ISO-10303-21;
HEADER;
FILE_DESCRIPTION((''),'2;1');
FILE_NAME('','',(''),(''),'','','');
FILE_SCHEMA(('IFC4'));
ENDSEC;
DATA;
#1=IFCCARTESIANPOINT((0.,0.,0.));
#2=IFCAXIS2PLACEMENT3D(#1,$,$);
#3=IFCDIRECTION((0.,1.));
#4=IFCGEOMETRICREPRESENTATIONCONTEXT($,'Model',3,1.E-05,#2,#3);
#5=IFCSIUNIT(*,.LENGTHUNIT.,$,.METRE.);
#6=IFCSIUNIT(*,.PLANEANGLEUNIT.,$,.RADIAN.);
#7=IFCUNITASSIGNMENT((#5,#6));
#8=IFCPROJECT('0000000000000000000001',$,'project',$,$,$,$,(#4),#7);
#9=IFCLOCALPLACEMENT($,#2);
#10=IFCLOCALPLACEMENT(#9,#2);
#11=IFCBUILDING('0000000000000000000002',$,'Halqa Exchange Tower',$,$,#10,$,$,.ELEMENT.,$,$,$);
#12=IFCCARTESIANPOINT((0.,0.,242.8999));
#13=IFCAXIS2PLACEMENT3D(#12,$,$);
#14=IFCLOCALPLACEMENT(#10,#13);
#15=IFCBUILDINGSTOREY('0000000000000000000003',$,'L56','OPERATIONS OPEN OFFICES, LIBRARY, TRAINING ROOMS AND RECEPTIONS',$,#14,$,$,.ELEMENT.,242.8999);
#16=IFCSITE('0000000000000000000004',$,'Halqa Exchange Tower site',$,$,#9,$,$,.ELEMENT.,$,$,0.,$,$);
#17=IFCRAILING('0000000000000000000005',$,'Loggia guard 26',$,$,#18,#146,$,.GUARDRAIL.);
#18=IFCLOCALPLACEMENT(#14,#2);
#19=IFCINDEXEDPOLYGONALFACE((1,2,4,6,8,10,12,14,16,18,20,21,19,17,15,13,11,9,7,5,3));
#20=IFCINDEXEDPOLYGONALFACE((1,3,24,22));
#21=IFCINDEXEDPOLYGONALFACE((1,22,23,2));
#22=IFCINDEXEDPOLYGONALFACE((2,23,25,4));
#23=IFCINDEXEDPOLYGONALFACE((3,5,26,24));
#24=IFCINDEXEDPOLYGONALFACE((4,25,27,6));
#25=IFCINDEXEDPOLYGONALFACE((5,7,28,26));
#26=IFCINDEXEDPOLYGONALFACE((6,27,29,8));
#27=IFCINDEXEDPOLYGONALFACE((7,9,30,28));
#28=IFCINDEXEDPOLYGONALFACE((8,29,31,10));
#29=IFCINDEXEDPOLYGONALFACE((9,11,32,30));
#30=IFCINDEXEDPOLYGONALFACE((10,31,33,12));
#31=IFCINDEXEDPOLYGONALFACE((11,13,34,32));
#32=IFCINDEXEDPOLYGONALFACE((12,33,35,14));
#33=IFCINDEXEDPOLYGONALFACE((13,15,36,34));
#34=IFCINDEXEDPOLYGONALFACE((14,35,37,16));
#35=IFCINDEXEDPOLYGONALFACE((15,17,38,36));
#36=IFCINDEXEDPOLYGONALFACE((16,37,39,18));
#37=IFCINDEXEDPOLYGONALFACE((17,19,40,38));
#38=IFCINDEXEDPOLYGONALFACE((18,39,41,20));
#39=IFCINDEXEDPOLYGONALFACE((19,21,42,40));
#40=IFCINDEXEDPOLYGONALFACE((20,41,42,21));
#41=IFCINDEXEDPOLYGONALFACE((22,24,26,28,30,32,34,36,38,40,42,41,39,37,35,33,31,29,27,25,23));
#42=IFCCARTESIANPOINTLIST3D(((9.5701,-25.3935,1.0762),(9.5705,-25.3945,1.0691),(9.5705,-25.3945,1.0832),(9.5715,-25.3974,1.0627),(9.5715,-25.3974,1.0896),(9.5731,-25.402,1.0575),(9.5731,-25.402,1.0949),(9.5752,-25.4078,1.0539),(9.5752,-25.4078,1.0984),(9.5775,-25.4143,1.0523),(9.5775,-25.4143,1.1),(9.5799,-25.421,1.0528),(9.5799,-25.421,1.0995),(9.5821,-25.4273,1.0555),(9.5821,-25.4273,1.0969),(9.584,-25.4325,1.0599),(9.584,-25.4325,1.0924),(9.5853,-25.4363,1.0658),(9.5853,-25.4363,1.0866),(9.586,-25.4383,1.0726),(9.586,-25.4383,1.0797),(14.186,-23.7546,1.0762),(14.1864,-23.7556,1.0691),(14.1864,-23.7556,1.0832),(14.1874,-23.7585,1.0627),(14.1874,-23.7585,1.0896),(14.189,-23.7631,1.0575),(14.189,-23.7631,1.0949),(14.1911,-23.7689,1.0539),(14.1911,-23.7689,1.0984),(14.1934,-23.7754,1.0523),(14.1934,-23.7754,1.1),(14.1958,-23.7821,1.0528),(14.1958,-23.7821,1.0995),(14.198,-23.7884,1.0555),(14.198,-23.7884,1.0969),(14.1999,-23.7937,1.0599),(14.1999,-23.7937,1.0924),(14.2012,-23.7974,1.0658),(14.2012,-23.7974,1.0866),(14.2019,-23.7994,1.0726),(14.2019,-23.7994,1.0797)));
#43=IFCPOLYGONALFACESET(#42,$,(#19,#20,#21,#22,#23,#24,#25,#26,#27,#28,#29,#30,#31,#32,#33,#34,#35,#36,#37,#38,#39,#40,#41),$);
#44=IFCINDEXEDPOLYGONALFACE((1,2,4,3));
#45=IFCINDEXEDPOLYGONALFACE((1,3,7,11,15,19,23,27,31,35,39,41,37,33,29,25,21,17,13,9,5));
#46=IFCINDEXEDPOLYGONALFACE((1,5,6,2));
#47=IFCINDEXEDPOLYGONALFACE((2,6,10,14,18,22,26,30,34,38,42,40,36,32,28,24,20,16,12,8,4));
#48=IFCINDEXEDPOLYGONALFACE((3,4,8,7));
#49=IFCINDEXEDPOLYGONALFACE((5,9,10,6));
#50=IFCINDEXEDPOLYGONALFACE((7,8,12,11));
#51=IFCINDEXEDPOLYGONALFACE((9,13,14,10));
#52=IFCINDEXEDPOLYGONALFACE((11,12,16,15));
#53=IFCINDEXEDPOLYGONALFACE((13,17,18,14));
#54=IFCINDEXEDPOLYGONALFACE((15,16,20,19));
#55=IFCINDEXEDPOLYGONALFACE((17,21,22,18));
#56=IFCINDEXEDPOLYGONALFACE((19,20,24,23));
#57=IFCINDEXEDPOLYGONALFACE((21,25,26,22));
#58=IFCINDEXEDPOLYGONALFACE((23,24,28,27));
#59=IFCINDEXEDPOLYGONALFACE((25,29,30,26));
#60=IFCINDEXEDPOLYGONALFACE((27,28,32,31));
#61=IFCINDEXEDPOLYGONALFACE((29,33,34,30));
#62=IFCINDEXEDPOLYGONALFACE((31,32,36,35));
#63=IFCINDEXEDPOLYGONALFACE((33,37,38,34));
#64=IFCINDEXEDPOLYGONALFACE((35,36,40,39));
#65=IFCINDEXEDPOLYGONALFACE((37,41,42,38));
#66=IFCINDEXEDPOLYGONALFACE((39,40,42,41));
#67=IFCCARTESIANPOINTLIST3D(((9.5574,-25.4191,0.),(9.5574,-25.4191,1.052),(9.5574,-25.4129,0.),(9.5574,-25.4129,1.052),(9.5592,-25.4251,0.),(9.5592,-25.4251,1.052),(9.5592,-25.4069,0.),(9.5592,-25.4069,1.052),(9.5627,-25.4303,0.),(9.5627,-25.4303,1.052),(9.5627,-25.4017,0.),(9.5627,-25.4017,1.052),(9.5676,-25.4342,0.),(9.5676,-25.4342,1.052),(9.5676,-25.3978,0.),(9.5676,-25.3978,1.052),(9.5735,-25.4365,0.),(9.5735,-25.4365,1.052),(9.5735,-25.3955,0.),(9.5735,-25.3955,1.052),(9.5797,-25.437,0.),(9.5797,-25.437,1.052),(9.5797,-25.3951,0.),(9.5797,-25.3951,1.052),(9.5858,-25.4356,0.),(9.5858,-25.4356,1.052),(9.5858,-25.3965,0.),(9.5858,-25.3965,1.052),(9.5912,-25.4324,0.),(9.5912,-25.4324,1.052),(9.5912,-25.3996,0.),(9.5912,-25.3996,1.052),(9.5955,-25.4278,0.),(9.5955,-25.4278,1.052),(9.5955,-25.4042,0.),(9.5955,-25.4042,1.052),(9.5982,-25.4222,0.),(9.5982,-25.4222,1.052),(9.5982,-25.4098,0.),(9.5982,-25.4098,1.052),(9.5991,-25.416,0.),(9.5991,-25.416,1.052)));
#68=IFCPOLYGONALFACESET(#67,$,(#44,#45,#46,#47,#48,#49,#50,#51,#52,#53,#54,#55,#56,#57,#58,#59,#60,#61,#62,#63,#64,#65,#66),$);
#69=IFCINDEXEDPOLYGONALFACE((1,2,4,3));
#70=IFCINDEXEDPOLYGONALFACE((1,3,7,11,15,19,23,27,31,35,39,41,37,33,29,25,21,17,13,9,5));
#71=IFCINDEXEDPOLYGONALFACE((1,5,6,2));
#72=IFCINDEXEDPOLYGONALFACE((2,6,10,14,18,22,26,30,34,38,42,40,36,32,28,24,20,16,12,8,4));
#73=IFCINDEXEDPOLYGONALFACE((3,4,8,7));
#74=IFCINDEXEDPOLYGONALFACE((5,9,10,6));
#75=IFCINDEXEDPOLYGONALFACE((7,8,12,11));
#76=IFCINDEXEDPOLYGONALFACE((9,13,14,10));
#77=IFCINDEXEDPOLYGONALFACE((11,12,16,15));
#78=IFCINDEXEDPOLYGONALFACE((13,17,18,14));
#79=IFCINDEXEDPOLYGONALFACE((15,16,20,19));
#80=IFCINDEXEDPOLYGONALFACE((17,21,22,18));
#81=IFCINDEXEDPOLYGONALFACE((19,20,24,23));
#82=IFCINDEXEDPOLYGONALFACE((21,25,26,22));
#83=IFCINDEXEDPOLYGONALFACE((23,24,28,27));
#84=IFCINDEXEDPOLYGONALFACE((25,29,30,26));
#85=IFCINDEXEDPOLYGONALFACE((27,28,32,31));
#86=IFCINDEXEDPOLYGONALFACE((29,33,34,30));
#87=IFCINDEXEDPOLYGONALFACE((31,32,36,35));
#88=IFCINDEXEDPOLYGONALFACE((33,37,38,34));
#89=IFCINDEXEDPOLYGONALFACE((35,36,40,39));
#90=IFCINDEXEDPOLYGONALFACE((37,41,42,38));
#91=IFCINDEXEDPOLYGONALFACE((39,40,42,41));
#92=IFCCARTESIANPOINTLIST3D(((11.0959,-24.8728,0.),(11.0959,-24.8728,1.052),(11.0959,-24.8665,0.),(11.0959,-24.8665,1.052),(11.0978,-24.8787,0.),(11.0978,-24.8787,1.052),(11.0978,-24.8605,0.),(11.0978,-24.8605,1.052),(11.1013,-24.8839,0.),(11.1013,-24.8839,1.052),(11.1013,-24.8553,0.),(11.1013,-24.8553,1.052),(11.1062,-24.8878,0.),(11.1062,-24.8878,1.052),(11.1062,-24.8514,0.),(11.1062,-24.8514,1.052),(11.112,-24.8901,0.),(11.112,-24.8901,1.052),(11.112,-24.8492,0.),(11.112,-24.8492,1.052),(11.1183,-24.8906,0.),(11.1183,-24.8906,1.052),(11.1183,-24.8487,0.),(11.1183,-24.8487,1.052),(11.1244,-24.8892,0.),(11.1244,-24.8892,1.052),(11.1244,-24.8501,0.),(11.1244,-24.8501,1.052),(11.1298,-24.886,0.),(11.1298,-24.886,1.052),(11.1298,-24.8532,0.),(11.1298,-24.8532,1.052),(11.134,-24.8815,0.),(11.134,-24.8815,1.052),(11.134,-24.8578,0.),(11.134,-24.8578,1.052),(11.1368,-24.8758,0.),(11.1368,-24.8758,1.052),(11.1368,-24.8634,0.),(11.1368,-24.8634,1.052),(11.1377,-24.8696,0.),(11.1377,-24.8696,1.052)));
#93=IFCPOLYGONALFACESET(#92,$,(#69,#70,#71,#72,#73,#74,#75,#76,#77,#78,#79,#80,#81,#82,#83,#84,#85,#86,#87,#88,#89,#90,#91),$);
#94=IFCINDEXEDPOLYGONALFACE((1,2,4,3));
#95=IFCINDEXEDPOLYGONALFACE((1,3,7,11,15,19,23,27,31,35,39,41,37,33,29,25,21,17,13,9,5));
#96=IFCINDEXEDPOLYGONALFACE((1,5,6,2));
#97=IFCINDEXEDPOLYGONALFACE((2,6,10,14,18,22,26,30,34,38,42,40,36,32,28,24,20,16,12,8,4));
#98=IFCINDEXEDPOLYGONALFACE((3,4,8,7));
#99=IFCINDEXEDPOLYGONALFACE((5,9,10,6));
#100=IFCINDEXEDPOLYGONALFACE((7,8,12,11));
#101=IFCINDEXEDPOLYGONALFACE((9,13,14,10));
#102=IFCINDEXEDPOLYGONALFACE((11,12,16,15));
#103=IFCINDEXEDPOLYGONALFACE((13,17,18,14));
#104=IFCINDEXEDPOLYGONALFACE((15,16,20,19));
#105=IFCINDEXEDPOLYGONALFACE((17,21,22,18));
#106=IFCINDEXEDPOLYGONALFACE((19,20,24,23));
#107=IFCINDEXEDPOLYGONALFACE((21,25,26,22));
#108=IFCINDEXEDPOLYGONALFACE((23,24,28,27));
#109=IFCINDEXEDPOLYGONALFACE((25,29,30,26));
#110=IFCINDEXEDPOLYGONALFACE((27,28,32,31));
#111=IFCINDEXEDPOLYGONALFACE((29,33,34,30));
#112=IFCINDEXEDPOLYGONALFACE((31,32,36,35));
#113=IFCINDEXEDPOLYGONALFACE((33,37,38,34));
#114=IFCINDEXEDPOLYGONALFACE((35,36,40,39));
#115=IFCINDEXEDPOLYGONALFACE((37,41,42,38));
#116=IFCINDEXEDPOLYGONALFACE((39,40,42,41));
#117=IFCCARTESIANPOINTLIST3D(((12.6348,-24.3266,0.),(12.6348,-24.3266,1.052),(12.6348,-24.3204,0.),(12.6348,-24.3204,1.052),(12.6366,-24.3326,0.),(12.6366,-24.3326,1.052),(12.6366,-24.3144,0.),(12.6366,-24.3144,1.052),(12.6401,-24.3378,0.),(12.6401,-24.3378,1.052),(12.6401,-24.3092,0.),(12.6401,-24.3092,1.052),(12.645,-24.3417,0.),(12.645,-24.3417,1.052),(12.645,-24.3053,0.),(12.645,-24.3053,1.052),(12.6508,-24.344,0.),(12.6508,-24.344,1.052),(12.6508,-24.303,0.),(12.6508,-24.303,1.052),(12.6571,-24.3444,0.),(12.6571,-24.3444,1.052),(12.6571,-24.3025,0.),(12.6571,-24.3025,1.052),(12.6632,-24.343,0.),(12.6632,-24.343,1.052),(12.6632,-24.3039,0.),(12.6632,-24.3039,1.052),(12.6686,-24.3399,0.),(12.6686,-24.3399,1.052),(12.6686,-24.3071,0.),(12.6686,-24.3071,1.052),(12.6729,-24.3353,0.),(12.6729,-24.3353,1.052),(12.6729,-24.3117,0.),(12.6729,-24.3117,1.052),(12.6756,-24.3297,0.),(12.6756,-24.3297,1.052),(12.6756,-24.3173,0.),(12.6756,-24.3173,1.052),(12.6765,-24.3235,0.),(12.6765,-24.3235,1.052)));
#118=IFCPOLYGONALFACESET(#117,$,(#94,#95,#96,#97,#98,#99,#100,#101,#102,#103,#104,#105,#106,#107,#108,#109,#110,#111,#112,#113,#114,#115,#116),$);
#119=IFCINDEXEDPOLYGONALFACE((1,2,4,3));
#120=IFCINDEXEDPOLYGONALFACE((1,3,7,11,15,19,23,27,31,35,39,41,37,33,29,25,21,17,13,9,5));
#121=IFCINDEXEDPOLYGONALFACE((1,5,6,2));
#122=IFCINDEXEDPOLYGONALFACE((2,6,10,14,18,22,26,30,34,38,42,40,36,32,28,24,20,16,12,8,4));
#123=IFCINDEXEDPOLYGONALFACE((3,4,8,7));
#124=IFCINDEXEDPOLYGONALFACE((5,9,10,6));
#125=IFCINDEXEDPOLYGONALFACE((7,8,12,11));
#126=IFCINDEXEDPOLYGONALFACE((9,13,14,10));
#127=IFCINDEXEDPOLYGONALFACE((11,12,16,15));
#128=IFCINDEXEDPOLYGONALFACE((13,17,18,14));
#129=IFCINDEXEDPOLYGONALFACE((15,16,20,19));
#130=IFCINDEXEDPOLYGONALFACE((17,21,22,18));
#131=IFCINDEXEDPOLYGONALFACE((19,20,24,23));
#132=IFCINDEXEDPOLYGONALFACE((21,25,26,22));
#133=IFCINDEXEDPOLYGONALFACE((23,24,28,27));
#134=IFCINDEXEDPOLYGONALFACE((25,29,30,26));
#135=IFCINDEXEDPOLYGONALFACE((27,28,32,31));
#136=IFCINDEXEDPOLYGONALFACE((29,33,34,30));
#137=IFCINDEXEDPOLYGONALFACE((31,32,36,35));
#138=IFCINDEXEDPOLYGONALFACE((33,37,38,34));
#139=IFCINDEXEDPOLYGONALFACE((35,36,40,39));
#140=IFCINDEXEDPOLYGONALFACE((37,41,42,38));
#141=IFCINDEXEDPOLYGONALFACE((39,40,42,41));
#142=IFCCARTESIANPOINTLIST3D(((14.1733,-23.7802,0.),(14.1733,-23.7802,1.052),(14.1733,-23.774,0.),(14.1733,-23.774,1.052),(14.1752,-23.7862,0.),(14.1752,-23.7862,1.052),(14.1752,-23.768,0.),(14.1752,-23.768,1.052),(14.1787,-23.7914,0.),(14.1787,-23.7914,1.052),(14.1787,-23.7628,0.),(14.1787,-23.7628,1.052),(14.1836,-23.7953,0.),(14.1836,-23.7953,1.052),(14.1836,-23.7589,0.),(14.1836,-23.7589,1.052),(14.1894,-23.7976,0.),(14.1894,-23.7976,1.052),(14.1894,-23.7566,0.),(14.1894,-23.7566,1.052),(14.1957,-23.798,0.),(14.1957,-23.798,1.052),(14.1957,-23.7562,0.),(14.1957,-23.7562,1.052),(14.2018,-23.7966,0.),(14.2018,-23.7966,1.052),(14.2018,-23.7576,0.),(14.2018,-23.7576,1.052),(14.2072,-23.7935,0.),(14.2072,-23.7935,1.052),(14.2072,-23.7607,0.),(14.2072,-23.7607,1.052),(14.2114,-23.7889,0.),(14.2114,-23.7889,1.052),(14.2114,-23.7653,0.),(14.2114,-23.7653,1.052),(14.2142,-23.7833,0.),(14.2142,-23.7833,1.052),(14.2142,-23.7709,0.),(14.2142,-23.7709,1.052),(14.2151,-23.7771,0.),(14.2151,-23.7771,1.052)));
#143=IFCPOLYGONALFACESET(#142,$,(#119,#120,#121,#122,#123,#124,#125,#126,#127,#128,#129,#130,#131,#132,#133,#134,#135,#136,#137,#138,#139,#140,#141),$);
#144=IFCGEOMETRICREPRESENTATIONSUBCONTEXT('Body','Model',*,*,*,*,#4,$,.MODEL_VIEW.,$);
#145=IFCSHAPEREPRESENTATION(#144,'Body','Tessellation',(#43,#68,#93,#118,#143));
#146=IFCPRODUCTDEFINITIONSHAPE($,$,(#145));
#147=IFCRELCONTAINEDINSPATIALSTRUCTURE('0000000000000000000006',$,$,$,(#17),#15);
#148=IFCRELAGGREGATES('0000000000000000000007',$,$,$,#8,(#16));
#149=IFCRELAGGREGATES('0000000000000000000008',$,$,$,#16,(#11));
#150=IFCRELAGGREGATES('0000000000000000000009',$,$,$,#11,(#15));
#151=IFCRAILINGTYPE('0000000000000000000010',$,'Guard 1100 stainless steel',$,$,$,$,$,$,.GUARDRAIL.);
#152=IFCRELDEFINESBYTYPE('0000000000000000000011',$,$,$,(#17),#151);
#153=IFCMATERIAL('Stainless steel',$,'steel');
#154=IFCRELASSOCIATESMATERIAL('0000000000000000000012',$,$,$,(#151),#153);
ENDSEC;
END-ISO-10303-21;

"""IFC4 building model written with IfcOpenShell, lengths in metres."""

from ifc_helpers import new_model, si_unit, direction, frame, origin, origin_2d, place, context, subcontext, project, spatial, circle, extrude, material, type_object, element, save


model = new_model("IFC4")

# Units and contexts
model_context = context("Model", 3, precision=1e-05, world=origin(), true_north=direction((0.0, 1.0)))
body_context = subcontext(model_context, "Body", "Model", "MODEL_VIEW")
ifc_project = project(units=[si_unit("LENGTHUNIT", "METRE"), si_unit("PLANEANGLEUNIT", "RADIAN")], contexts=[model_context])

# Site, building, storey
site_placement = place(None, origin())
site = spatial("IfcSite", under=ifc_project, at=site_placement, Name="Halqa Exchange Tower site", CompositionType="ELEMENT", RefElevation=0.0)
building_placement = place(site_placement, origin())
building = spatial("IfcBuilding", under=site, at=building_placement, Name="Halqa Exchange Tower", CompositionType="ELEMENT")
storey_placement = place(building_placement, frame((0.0, 0.0, 242.8999)))
storey = spatial("IfcBuildingStorey", under=building, at=storey_placement, Name="L56", Description="OPERATIONS OPEN OFFICES, LIBRARY, TRAINING ROOMS AND RECEPTIONS", CompositionType="ELEMENT", Elevation=242.8999)

# Railing
ifc_material_1 = material(Name="Stainless steel", Category="steel")
railing_type = type_object("IfcRailingType", Name="Guard 1100 stainless steel", PredefinedType="GUARDRAIL", material=ifc_material_1)
railing_1_placement = place(storey_placement, frame((9.5781, -25.416, 0.0)))
element("IfcRailing", 1, at=railing_1_placement, inside=storey, type_object=railing_type, Name="Loggia guard 26", PredefinedType="GUARDRAIL", context=body_context, shape_type="SweptSolid", body=[
    extrude(circle(Radius=0.0239, at=origin_2d()), frame((0.0, 0.0, 1.0762), z_axis=(0.942364, 0.33459, 0.0), x_axis=(-0.33459, 0.942364, 0.0)), (0.0, 0.0, 1.0), 4.8982),
    extrude(circle(Radius=0.021, at=origin_2d()), origin(), (0.0, 0.0, 1.0), 1.052),
    extrude(circle(Radius=0.021, at=origin_2d()), frame((1.5386, 0.5464, 0.0)), (0.0, 0.0, 1.0), 1.052),
    extrude(circle(Radius=0.021, at=origin_2d()), frame((3.0774, 1.0925, 0.0)), (0.0, 0.0, 1.0), 1.052),
    extrude(circle(Radius=0.021, at=origin_2d()), frame((4.616, 1.6389, 0.0)), (0.0, 0.0, 1.0), 1.052),
])

save(model, "model.ifc")
